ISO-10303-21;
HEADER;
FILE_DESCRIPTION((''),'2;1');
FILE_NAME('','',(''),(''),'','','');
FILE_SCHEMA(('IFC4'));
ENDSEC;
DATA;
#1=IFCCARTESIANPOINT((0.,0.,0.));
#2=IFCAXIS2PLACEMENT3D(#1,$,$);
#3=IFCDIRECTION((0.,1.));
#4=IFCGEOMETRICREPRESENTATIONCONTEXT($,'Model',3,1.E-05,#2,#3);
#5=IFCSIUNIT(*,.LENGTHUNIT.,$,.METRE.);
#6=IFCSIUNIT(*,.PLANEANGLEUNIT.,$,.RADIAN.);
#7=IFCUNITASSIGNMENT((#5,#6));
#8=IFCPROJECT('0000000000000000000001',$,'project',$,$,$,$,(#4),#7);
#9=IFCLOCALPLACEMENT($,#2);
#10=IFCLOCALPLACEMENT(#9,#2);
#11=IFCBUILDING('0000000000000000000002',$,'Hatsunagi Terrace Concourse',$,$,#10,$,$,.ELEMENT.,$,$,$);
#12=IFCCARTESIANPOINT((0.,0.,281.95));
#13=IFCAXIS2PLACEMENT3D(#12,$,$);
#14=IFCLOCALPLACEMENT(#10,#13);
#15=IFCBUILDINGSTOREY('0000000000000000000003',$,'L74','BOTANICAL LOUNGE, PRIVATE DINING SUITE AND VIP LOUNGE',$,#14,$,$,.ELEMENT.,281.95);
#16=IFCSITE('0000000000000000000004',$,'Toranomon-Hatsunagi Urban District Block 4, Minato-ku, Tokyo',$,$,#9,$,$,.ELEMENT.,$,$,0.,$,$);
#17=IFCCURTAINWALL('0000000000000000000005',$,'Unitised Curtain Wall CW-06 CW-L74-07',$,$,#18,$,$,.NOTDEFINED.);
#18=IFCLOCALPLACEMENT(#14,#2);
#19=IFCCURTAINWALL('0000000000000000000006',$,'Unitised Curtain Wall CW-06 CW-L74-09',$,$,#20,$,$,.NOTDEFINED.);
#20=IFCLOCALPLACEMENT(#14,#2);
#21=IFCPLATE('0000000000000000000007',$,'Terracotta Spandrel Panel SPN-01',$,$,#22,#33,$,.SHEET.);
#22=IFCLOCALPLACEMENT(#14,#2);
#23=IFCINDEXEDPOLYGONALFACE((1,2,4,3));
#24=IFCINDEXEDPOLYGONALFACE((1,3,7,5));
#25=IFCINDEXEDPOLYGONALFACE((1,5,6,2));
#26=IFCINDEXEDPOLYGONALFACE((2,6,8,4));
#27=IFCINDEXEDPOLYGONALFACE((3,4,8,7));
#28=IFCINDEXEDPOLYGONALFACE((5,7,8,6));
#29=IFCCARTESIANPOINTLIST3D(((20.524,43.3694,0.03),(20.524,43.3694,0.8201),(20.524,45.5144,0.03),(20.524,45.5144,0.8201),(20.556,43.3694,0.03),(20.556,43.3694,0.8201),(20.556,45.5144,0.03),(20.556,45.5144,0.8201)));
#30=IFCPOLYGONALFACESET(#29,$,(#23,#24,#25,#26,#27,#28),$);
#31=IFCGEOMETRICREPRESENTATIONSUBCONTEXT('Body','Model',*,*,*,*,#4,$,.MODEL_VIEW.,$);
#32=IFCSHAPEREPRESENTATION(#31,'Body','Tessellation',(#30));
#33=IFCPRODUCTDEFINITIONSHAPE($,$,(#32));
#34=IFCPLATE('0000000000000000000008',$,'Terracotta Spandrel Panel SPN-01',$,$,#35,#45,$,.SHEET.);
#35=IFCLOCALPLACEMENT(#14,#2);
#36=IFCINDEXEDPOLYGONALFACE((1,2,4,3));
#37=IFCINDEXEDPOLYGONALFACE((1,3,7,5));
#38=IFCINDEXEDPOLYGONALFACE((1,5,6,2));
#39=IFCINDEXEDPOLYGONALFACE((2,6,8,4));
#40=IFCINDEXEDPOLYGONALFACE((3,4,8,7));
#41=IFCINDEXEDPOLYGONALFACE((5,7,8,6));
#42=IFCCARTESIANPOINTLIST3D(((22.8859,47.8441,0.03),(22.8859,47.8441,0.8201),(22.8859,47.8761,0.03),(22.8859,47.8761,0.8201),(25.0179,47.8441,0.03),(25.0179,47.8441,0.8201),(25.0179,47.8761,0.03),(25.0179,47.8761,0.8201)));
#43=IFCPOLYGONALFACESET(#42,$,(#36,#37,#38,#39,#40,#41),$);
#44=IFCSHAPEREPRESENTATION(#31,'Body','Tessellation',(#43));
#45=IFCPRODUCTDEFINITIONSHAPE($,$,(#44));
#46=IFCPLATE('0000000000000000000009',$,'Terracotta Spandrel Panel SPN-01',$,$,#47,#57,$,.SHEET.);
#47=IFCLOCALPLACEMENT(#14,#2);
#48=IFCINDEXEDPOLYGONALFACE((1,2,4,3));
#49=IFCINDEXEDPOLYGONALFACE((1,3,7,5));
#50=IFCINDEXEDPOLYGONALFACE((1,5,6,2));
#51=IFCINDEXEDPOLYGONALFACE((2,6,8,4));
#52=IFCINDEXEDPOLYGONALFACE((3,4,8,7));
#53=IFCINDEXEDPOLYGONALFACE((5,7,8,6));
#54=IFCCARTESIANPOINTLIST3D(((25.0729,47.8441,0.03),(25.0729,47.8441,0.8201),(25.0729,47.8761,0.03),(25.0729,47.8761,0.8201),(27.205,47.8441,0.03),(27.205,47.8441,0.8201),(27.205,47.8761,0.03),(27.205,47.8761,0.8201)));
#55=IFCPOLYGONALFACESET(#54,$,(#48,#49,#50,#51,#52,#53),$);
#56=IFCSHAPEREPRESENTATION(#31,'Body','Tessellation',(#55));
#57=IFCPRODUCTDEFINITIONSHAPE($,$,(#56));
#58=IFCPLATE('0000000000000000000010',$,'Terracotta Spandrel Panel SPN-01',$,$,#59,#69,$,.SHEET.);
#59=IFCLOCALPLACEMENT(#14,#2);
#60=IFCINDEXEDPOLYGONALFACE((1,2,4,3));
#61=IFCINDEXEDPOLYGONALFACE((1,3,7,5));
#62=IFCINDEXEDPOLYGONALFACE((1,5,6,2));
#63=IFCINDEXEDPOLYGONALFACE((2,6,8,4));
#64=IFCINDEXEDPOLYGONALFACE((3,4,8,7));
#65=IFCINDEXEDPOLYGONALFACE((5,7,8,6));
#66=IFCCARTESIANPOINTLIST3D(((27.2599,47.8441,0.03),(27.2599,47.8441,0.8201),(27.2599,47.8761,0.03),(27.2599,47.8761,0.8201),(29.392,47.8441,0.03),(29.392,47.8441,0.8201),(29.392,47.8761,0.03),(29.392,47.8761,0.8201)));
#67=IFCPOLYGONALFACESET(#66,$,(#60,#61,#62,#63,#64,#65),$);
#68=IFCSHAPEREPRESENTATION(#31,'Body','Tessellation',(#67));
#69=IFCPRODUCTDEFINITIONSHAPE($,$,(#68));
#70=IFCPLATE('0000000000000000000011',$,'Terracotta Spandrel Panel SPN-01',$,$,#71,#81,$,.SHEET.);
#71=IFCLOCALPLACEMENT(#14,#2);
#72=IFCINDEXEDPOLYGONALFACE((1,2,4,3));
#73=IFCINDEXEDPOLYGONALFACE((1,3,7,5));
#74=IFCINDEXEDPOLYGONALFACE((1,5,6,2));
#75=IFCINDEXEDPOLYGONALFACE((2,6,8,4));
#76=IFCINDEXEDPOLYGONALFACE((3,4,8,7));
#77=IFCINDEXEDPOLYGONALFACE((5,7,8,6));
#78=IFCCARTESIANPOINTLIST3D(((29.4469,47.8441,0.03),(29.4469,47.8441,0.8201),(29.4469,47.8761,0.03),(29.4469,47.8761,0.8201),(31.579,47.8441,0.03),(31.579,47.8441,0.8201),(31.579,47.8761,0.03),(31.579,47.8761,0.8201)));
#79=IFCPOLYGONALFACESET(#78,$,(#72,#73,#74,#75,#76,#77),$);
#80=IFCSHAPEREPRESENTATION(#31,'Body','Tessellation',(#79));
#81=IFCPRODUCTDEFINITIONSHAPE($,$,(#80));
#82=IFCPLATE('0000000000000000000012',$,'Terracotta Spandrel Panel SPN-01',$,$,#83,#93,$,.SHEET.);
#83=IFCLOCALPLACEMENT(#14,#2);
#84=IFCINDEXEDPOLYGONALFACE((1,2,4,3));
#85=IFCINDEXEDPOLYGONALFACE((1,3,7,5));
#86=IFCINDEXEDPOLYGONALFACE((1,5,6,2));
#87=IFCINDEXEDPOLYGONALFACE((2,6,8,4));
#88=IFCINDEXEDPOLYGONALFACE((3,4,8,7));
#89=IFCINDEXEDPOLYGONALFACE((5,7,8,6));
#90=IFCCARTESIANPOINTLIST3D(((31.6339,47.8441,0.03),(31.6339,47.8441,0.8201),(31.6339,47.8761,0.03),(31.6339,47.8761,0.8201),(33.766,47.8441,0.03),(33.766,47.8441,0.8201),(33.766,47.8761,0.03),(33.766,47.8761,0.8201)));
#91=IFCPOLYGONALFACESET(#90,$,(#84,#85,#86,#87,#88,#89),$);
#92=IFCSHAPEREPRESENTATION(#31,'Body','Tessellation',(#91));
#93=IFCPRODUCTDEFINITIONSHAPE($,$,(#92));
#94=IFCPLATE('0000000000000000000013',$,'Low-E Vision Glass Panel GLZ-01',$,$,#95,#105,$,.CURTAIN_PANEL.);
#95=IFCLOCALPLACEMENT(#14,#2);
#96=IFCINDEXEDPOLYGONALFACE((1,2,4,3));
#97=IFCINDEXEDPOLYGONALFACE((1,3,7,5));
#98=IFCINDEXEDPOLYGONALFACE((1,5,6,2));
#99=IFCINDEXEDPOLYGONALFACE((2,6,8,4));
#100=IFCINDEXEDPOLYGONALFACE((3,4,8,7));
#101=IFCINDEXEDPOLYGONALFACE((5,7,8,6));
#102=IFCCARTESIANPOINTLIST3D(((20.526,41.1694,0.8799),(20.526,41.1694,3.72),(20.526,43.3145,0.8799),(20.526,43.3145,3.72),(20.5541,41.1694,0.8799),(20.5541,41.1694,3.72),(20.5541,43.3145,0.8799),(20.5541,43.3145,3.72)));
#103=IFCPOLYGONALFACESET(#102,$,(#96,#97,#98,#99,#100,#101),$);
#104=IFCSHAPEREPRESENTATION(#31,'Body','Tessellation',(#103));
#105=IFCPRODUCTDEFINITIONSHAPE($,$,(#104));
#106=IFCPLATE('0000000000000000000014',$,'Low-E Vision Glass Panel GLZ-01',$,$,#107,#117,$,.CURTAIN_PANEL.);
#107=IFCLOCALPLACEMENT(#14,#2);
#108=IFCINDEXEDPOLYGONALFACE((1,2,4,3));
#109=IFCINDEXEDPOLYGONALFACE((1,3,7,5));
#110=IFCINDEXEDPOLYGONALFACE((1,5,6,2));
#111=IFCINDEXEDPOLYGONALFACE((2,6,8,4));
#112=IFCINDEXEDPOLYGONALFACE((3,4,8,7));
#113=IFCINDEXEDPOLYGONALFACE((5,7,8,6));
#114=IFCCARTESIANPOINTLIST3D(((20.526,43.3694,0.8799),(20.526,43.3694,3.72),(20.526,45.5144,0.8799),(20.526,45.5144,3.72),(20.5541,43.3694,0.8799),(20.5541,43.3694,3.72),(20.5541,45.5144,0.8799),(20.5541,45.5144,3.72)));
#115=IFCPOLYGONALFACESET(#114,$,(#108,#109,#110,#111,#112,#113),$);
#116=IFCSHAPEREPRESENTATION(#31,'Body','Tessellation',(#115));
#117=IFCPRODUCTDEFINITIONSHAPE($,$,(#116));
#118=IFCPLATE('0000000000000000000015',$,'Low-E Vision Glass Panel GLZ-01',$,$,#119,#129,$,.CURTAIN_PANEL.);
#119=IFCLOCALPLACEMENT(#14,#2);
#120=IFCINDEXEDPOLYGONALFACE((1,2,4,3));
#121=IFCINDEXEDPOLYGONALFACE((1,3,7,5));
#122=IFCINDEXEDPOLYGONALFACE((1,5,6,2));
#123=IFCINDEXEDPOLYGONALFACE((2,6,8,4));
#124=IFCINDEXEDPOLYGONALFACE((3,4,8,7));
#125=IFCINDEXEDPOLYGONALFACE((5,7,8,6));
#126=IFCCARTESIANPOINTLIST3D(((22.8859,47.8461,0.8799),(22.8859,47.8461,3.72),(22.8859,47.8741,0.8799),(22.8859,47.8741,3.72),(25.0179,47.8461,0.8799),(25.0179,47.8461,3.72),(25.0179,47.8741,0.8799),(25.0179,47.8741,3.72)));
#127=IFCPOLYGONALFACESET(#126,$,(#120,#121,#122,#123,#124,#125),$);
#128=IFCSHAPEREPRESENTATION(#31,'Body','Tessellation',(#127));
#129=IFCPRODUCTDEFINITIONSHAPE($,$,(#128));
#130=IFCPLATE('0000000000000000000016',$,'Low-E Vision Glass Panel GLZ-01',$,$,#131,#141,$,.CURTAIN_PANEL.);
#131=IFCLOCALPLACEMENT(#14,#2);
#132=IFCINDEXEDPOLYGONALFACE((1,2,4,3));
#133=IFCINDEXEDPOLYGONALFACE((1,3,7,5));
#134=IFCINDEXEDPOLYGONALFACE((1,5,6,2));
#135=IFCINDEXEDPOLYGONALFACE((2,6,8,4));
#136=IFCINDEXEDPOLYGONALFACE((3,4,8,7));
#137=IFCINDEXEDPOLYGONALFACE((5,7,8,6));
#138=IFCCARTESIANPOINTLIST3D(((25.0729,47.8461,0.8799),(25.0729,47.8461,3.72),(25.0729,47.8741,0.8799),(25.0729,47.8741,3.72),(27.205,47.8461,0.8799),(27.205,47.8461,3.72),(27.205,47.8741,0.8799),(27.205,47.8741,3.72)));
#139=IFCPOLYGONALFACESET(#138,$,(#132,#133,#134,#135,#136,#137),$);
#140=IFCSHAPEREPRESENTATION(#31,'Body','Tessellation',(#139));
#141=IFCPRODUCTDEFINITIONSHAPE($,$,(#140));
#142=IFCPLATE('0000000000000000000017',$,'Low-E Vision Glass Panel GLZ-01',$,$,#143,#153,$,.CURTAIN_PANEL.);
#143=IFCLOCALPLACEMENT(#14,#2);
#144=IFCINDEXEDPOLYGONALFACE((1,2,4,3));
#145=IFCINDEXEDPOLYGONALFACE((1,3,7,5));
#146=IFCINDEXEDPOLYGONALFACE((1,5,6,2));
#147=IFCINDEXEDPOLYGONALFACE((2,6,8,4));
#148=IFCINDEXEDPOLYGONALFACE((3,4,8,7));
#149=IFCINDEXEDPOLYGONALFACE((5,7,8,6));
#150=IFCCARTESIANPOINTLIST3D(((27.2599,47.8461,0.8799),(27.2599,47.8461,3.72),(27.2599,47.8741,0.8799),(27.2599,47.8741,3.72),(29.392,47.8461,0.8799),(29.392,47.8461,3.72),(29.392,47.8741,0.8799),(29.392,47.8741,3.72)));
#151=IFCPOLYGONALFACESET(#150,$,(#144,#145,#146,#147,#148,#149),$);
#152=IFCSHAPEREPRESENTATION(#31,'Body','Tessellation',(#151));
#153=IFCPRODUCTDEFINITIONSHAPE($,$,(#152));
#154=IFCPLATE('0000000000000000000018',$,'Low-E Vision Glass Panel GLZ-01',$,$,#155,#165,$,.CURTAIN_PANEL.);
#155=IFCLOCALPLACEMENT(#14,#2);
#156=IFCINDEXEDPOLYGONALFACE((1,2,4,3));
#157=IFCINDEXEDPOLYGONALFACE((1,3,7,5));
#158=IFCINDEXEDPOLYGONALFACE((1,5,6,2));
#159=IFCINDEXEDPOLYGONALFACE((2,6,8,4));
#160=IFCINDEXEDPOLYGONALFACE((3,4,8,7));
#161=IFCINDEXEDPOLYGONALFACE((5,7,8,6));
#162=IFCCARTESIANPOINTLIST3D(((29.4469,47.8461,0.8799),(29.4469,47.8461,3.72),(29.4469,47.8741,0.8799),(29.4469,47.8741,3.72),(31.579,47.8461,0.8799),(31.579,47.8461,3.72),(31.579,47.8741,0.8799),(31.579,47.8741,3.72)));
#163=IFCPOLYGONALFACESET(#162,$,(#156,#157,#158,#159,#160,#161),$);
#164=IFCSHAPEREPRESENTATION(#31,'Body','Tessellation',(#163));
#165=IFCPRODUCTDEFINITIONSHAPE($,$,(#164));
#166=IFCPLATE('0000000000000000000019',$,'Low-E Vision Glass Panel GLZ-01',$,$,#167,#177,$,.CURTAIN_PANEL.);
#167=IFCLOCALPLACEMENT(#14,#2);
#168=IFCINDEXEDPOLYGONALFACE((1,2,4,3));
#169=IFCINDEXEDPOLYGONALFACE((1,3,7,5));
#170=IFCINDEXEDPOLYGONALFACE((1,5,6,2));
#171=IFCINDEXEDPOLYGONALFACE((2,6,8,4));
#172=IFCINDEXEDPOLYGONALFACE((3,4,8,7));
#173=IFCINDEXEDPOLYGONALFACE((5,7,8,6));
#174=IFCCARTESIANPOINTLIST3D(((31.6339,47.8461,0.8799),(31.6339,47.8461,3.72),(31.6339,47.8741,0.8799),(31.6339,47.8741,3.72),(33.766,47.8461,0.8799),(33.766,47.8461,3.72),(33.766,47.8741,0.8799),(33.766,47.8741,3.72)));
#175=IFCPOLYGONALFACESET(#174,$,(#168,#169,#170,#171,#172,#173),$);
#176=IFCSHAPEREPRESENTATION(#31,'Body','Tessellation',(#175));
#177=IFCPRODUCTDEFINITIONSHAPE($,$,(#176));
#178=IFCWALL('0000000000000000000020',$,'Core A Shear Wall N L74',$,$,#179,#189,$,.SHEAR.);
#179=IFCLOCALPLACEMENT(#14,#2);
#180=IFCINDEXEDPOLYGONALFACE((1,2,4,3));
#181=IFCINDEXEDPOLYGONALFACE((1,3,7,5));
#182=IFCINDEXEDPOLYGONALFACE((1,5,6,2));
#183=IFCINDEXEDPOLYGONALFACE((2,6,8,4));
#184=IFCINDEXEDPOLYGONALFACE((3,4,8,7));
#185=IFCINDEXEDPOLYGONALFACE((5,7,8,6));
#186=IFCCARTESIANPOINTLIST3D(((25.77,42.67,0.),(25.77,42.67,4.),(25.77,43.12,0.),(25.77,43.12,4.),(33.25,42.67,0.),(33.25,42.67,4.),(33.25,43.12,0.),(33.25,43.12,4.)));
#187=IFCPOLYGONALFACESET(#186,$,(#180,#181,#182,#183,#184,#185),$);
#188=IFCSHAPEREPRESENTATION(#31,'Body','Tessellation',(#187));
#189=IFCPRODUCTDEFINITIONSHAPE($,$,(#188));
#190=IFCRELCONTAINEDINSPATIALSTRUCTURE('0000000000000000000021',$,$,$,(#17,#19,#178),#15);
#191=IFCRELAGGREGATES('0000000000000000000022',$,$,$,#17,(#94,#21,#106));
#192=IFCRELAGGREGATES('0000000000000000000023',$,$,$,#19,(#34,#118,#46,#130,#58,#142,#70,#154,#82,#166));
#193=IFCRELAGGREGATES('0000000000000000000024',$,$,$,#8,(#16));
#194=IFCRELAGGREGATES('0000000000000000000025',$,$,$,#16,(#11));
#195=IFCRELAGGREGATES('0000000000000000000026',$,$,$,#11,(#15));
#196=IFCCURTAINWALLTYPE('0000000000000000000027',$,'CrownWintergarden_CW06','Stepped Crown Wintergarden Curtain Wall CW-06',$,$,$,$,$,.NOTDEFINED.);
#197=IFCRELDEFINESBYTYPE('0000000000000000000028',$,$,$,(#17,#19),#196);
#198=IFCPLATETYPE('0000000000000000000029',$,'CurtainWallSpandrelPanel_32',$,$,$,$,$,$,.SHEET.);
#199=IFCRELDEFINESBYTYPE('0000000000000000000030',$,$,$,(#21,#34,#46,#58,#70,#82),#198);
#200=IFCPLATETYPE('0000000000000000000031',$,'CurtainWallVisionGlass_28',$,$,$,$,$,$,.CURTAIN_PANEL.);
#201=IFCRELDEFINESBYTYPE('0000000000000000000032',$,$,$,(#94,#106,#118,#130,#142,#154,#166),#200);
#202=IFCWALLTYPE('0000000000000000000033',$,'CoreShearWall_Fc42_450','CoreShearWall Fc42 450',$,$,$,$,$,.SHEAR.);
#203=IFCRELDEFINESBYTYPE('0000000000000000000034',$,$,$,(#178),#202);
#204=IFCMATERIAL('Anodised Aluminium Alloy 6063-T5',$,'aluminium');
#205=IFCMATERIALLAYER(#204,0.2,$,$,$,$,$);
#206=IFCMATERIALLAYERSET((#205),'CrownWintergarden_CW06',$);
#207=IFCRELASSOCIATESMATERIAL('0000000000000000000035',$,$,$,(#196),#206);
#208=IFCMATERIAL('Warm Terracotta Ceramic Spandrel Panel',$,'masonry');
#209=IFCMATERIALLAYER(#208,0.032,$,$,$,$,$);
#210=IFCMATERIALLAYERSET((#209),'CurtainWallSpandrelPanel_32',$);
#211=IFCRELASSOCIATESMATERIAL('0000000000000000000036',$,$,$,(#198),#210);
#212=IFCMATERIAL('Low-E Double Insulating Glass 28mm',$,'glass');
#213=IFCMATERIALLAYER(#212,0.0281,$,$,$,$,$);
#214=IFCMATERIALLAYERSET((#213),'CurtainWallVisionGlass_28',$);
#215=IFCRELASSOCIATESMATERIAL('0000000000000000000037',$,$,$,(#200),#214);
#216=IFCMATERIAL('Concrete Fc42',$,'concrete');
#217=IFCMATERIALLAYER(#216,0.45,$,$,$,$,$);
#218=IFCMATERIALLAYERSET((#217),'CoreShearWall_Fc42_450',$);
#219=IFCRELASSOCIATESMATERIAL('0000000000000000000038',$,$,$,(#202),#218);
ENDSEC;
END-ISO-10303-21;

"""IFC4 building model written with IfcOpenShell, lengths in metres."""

from ifc_helpers import new_model, si_unit, direction, frame, frame_2d, origin, origin_2d, place, context, subcontext, project, spatial, rectangle, extrude, material, layer, layer_set, type_object, element, aggregate, save


model = new_model("IFC4")

# Units and contexts
model_context = context("Model", 3, precision=1e-05, world=origin(), true_north=direction((0.0, 1.0)))
body_context = subcontext(model_context, "Body", "Model", "MODEL_VIEW")
ifc_project = project(units=[si_unit("LENGTHUNIT", "METRE"), si_unit("PLANEANGLEUNIT", "RADIAN")], contexts=[model_context])

# Site, building, storey
site_placement = place(None, origin())
site = spatial("IfcSite", under=ifc_project, at=site_placement, Name="Toranomon-Hatsunagi Urban District Block 4, Minato-ku, Tokyo", CompositionType="ELEMENT", RefElevation=0.0)
building_placement = place(site_placement, origin())
building = spatial("IfcBuilding", under=site, at=building_placement, Name="Hatsunagi Terrace Concourse", CompositionType="ELEMENT")
storey_placement = place(building_placement, frame((0.0, 0.0, 281.95)))
storey = spatial("IfcBuildingStorey", under=building, at=storey_placement, Name="L74", Description="BOTANICAL LOUNGE, PRIVATE DINING SUITE AND VIP LOUNGE", CompositionType="ELEMENT", Elevation=281.95)

# Curtain walls
ifc_material_1 = material(Name="Anodised Aluminium Alloy 6063-T5", Category="aluminium")
ifc_layer_1 = layer(ifc_material_1, 0.2)
ifc_layer_set_1 = layer_set([ifc_layer_1], Name="CrownWintergarden_CW06")
curtain_wall_type = type_object("IfcCurtainWallType", Name="CrownWintergarden_CW06", Description="Stepped Crown Wintergarden Curtain Wall CW-06", PredefinedType="NOTDEFINED", material=ifc_layer_set_1)
curtain_wall_1_placement = place(storey_placement, origin())
curtain_wall_1 = element("IfcCurtainWall", 1, at=curtain_wall_1_placement, inside=storey, type_object=curtain_wall_type, Name="Unitised Curtain Wall CW-06 CW-L74-07", PredefinedType="NOTDEFINED")
curtain_wall_2_placement = place(storey_placement, origin())
curtain_wall_2 = element("IfcCurtainWall", 2, at=curtain_wall_2_placement, inside=storey, type_object=curtain_wall_type, Name="Unitised Curtain Wall CW-06 CW-L74-09", PredefinedType="NOTDEFINED")

# Plates
ifc_material_2 = material(Name="Warm Terracotta Ceramic Spandrel Panel", Category="masonry")
ifc_layer_2 = layer(ifc_material_2, 0.032)
ifc_layer_set_2 = layer_set([ifc_layer_2], Name="CurtainWallSpandrelPanel_32")
plate_type_1 = type_object("IfcPlateType", Name="CurtainWallSpandrelPanel_32", PredefinedType="SHEET", material=ifc_layer_set_2)
plate_1_placement = place(storey_placement, frame((20.54, 44.4419, 0.03), z_axis=(0.0, 0.0, 1.0), x_axis=(0.0, 1.0, 0.0)))
plate_1 = element("IfcPlate", 3, at=plate_1_placement, type_object=plate_type_1, Name="Terracotta Spandrel Panel SPN-01", PredefinedType="SHEET", context=body_context, shape_type="SweptSolid", body=[
    extrude(rectangle(XDim=2.145, YDim=0.032, at=origin_2d()), origin(), (0.0, 0.0, 1.0), 0.79),
])
plate_2_placement = place(storey_placement, frame((23.9519, 47.8601, 0.03), z_axis=(0.0, 0.0, 1.0), x_axis=(1.0, 0.0, 0.0)))
plate_2 = element("IfcPlate", 4, at=plate_2_placement, type_object=plate_type_1, Name="Terracotta Spandrel Panel SPN-01", PredefinedType="SHEET", context=body_context, shape_type="SweptSolid", body=[
    extrude(rectangle(XDim=2.1321, YDim=0.032, at=origin_2d()), origin(), (0.0, 0.0, 1.0), 0.79),
])
plate_3_placement = place(storey_placement, frame((26.1389, 47.8601, 0.03), z_axis=(0.0, 0.0, 1.0), x_axis=(1.0, 0.0, 0.0)))
plate_3 = element("IfcPlate", 5, at=plate_3_placement, type_object=plate_type_1, Name="Terracotta Spandrel Panel SPN-01", PredefinedType="SHEET", context=body_context, shape_type="SweptSolid", body=[
    extrude(rectangle(XDim=2.1321, YDim=0.032, at=origin_2d()), origin(), (0.0, 0.0, 1.0), 0.79),
])
plate_4_placement = place(storey_placement, frame((28.3259, 47.8601, 0.03), z_axis=(0.0, 0.0, 1.0), x_axis=(1.0, 0.0, 0.0)))
plate_4 = element("IfcPlate", 6, at=plate_4_placement, type_object=plate_type_1, Name="Terracotta Spandrel Panel SPN-01", PredefinedType="SHEET", context=body_context, shape_type="SweptSolid", body=[
    extrude(rectangle(XDim=2.1321, YDim=0.032, at=origin_2d()), origin(), (0.0, 0.0, 1.0), 0.79),
])
plate_5_placement = place(storey_placement, frame((30.5129, 47.8601, 0.03), z_axis=(0.0, 0.0, 1.0), x_axis=(1.0, 0.0, 0.0)))
plate_5 = element("IfcPlate", 7, at=plate_5_placement, type_object=plate_type_1, Name="Terracotta Spandrel Panel SPN-01", PredefinedType="SHEET", context=body_context, shape_type="SweptSolid", body=[
    extrude(rectangle(XDim=2.1321, YDim=0.032, at=origin_2d()), origin(), (0.0, 0.0, 1.0), 0.79),
])
plate_6_placement = place(storey_placement, frame((32.7, 47.8601, 0.03), z_axis=(0.0, 0.0, 1.0), x_axis=(1.0, 0.0, 0.0)))
plate_6 = element("IfcPlate", 8, at=plate_6_placement, type_object=plate_type_1, Name="Terracotta Spandrel Panel SPN-01", PredefinedType="SHEET", context=body_context, shape_type="SweptSolid", body=[
    extrude(rectangle(XDim=2.1321, YDim=0.032, at=origin_2d()), origin(), (0.0, 0.0, 1.0), 0.79),
])
ifc_material_3 = material(Name="Low-E Double Insulating Glass 28mm", Category="glass")
ifc_layer_3 = layer(ifc_material_3, 0.0281)
ifc_layer_set_3 = layer_set([ifc_layer_3], Name="CurtainWallVisionGlass_28")
plate_type_2 = type_object("IfcPlateType", Name="CurtainWallVisionGlass_28", PredefinedType="CURTAIN_PANEL", material=ifc_layer_set_3)
plate_7_placement = place(storey_placement, frame((20.54, 42.2419, 0.8799), z_axis=(0.0, 0.0, 1.0), x_axis=(0.0, 1.0, 0.0)))
plate_7 = element("IfcPlate", 9, at=plate_7_placement, type_object=plate_type_2, Name="Low-E Vision Glass Panel GLZ-01", PredefinedType="CURTAIN_PANEL", context=body_context, shape_type="SweptSolid", body=[
    extrude(rectangle(XDim=2.145, YDim=0.0281, at=origin_2d()), origin(), (0.0, 0.0, 1.0), 2.8401),
])
plate_8_placement = place(storey_placement, frame((20.54, 44.4419, 0.8799), z_axis=(0.0, 0.0, 1.0), x_axis=(0.0, 1.0, 0.0)))
plate_8 = element("IfcPlate", 10, at=plate_8_placement, type_object=plate_type_2, Name="Low-E Vision Glass Panel GLZ-01", PredefinedType="CURTAIN_PANEL", context=body_context, shape_type="SweptSolid", body=[
    extrude(rectangle(XDim=2.145, YDim=0.0281, at=origin_2d()), origin(), (0.0, 0.0, 1.0), 2.8401),
])
aggregate(curtain_wall_1, [plate_7, plate_1, plate_8])
plate_9_placement = place(storey_placement, frame((23.9519, 47.8601, 0.8799), z_axis=(0.0, 0.0, 1.0), x_axis=(1.0, 0.0, 0.0)))
plate_9 = element("IfcPlate", 11, at=plate_9_placement, type_object=plate_type_2, Name="Low-E Vision Glass Panel GLZ-01", PredefinedType="CURTAIN_PANEL", context=body_context, shape_type="SweptSolid", body=[
    extrude(rectangle(XDim=2.1321, YDim=0.0281, at=origin_2d()), origin(), (0.0, 0.0, 1.0), 2.8401),
])
plate_10_placement = place(storey_placement, frame((26.1389, 47.8601, 0.8799), z_axis=(0.0, 0.0, 1.0), x_axis=(1.0, 0.0, 0.0)))
plate_10 = element("IfcPlate", 12, at=plate_10_placement, type_object=plate_type_2, Name="Low-E Vision Glass Panel GLZ-01", PredefinedType="CURTAIN_PANEL", context=body_context, shape_type="SweptSolid", body=[
    extrude(rectangle(XDim=2.1321, YDim=0.0281, at=origin_2d()), origin(), (0.0, 0.0, 1.0), 2.8401),
])
plate_11_placement = place(storey_placement, frame((28.3259, 47.8601, 0.8799), z_axis=(0.0, 0.0, 1.0), x_axis=(1.0, 0.0, 0.0)))
plate_11 = element("IfcPlate", 13, at=plate_11_placement, type_object=plate_type_2, Name="Low-E Vision Glass Panel GLZ-01", PredefinedType="CURTAIN_PANEL", context=body_context, shape_type="SweptSolid", body=[
    extrude(rectangle(XDim=2.1321, YDim=0.0281, at=origin_2d()), origin(), (0.0, 0.0, 1.0), 2.8401),
])
plate_12_placement = place(storey_placement, frame((30.5129, 47.8601, 0.8799), z_axis=(0.0, 0.0, 1.0), x_axis=(1.0, 0.0, 0.0)))
plate_12 = element("IfcPlate", 14, at=plate_12_placement, type_object=plate_type_2, Name="Low-E Vision Glass Panel GLZ-01", PredefinedType="CURTAIN_PANEL", context=body_context, shape_type="SweptSolid", body=[
    extrude(rectangle(XDim=2.1321, YDim=0.0281, at=origin_2d()), origin(), (0.0, 0.0, 1.0), 2.8401),
])
plate_13_placement = place(storey_placement, frame((32.7, 47.8601, 0.8799), z_axis=(0.0, 0.0, 1.0), x_axis=(1.0, 0.0, 0.0)))
plate_13 = element("IfcPlate", 15, at=plate_13_placement, type_object=plate_type_2, Name="Low-E Vision Glass Panel GLZ-01", PredefinedType="CURTAIN_PANEL", context=body_context, shape_type="SweptSolid", body=[
    extrude(rectangle(XDim=2.1321, YDim=0.0281, at=origin_2d()), origin(), (0.0, 0.0, 1.0), 2.8401),
])
aggregate(curtain_wall_2, [plate_2, plate_9, plate_3, plate_10, plate_4, plate_11, plate_5, plate_12, plate_6, plate_13])

# Wall
ifc_material_4 = material(Name="Concrete Fc42", Category="concrete")
ifc_layer_4 = layer(ifc_material_4, 0.45)
ifc_layer_set_4 = layer_set([ifc_layer_4], Name="CoreShearWall_Fc42_450")
wall_type_1 = type_object("IfcWallType", Name="CoreShearWall_Fc42_450", Description="CoreShearWall Fc42 450", PredefinedType="SHEAR", material=ifc_layer_set_4)
wall_1_placement = place(storey_placement, frame((25.77, 42.895, 0.0), z_axis=(0.0, 0.0, 1.0), x_axis=(1.0, 0.0, 0.0)))
element("IfcWall", 16, at=wall_1_placement, inside=storey, type_object=wall_type_1, Name="Core A Shear Wall N L74", PredefinedType="SHEAR", context=body_context, shape_type="SweptSolid", body=[
    extrude(rectangle(XDim=7.48, YDim=0.45, at=frame_2d((3.74, 0.0))), origin(), (0.0, 0.0, 1.0), 4.0),
])

save(model, "model.ifc")
